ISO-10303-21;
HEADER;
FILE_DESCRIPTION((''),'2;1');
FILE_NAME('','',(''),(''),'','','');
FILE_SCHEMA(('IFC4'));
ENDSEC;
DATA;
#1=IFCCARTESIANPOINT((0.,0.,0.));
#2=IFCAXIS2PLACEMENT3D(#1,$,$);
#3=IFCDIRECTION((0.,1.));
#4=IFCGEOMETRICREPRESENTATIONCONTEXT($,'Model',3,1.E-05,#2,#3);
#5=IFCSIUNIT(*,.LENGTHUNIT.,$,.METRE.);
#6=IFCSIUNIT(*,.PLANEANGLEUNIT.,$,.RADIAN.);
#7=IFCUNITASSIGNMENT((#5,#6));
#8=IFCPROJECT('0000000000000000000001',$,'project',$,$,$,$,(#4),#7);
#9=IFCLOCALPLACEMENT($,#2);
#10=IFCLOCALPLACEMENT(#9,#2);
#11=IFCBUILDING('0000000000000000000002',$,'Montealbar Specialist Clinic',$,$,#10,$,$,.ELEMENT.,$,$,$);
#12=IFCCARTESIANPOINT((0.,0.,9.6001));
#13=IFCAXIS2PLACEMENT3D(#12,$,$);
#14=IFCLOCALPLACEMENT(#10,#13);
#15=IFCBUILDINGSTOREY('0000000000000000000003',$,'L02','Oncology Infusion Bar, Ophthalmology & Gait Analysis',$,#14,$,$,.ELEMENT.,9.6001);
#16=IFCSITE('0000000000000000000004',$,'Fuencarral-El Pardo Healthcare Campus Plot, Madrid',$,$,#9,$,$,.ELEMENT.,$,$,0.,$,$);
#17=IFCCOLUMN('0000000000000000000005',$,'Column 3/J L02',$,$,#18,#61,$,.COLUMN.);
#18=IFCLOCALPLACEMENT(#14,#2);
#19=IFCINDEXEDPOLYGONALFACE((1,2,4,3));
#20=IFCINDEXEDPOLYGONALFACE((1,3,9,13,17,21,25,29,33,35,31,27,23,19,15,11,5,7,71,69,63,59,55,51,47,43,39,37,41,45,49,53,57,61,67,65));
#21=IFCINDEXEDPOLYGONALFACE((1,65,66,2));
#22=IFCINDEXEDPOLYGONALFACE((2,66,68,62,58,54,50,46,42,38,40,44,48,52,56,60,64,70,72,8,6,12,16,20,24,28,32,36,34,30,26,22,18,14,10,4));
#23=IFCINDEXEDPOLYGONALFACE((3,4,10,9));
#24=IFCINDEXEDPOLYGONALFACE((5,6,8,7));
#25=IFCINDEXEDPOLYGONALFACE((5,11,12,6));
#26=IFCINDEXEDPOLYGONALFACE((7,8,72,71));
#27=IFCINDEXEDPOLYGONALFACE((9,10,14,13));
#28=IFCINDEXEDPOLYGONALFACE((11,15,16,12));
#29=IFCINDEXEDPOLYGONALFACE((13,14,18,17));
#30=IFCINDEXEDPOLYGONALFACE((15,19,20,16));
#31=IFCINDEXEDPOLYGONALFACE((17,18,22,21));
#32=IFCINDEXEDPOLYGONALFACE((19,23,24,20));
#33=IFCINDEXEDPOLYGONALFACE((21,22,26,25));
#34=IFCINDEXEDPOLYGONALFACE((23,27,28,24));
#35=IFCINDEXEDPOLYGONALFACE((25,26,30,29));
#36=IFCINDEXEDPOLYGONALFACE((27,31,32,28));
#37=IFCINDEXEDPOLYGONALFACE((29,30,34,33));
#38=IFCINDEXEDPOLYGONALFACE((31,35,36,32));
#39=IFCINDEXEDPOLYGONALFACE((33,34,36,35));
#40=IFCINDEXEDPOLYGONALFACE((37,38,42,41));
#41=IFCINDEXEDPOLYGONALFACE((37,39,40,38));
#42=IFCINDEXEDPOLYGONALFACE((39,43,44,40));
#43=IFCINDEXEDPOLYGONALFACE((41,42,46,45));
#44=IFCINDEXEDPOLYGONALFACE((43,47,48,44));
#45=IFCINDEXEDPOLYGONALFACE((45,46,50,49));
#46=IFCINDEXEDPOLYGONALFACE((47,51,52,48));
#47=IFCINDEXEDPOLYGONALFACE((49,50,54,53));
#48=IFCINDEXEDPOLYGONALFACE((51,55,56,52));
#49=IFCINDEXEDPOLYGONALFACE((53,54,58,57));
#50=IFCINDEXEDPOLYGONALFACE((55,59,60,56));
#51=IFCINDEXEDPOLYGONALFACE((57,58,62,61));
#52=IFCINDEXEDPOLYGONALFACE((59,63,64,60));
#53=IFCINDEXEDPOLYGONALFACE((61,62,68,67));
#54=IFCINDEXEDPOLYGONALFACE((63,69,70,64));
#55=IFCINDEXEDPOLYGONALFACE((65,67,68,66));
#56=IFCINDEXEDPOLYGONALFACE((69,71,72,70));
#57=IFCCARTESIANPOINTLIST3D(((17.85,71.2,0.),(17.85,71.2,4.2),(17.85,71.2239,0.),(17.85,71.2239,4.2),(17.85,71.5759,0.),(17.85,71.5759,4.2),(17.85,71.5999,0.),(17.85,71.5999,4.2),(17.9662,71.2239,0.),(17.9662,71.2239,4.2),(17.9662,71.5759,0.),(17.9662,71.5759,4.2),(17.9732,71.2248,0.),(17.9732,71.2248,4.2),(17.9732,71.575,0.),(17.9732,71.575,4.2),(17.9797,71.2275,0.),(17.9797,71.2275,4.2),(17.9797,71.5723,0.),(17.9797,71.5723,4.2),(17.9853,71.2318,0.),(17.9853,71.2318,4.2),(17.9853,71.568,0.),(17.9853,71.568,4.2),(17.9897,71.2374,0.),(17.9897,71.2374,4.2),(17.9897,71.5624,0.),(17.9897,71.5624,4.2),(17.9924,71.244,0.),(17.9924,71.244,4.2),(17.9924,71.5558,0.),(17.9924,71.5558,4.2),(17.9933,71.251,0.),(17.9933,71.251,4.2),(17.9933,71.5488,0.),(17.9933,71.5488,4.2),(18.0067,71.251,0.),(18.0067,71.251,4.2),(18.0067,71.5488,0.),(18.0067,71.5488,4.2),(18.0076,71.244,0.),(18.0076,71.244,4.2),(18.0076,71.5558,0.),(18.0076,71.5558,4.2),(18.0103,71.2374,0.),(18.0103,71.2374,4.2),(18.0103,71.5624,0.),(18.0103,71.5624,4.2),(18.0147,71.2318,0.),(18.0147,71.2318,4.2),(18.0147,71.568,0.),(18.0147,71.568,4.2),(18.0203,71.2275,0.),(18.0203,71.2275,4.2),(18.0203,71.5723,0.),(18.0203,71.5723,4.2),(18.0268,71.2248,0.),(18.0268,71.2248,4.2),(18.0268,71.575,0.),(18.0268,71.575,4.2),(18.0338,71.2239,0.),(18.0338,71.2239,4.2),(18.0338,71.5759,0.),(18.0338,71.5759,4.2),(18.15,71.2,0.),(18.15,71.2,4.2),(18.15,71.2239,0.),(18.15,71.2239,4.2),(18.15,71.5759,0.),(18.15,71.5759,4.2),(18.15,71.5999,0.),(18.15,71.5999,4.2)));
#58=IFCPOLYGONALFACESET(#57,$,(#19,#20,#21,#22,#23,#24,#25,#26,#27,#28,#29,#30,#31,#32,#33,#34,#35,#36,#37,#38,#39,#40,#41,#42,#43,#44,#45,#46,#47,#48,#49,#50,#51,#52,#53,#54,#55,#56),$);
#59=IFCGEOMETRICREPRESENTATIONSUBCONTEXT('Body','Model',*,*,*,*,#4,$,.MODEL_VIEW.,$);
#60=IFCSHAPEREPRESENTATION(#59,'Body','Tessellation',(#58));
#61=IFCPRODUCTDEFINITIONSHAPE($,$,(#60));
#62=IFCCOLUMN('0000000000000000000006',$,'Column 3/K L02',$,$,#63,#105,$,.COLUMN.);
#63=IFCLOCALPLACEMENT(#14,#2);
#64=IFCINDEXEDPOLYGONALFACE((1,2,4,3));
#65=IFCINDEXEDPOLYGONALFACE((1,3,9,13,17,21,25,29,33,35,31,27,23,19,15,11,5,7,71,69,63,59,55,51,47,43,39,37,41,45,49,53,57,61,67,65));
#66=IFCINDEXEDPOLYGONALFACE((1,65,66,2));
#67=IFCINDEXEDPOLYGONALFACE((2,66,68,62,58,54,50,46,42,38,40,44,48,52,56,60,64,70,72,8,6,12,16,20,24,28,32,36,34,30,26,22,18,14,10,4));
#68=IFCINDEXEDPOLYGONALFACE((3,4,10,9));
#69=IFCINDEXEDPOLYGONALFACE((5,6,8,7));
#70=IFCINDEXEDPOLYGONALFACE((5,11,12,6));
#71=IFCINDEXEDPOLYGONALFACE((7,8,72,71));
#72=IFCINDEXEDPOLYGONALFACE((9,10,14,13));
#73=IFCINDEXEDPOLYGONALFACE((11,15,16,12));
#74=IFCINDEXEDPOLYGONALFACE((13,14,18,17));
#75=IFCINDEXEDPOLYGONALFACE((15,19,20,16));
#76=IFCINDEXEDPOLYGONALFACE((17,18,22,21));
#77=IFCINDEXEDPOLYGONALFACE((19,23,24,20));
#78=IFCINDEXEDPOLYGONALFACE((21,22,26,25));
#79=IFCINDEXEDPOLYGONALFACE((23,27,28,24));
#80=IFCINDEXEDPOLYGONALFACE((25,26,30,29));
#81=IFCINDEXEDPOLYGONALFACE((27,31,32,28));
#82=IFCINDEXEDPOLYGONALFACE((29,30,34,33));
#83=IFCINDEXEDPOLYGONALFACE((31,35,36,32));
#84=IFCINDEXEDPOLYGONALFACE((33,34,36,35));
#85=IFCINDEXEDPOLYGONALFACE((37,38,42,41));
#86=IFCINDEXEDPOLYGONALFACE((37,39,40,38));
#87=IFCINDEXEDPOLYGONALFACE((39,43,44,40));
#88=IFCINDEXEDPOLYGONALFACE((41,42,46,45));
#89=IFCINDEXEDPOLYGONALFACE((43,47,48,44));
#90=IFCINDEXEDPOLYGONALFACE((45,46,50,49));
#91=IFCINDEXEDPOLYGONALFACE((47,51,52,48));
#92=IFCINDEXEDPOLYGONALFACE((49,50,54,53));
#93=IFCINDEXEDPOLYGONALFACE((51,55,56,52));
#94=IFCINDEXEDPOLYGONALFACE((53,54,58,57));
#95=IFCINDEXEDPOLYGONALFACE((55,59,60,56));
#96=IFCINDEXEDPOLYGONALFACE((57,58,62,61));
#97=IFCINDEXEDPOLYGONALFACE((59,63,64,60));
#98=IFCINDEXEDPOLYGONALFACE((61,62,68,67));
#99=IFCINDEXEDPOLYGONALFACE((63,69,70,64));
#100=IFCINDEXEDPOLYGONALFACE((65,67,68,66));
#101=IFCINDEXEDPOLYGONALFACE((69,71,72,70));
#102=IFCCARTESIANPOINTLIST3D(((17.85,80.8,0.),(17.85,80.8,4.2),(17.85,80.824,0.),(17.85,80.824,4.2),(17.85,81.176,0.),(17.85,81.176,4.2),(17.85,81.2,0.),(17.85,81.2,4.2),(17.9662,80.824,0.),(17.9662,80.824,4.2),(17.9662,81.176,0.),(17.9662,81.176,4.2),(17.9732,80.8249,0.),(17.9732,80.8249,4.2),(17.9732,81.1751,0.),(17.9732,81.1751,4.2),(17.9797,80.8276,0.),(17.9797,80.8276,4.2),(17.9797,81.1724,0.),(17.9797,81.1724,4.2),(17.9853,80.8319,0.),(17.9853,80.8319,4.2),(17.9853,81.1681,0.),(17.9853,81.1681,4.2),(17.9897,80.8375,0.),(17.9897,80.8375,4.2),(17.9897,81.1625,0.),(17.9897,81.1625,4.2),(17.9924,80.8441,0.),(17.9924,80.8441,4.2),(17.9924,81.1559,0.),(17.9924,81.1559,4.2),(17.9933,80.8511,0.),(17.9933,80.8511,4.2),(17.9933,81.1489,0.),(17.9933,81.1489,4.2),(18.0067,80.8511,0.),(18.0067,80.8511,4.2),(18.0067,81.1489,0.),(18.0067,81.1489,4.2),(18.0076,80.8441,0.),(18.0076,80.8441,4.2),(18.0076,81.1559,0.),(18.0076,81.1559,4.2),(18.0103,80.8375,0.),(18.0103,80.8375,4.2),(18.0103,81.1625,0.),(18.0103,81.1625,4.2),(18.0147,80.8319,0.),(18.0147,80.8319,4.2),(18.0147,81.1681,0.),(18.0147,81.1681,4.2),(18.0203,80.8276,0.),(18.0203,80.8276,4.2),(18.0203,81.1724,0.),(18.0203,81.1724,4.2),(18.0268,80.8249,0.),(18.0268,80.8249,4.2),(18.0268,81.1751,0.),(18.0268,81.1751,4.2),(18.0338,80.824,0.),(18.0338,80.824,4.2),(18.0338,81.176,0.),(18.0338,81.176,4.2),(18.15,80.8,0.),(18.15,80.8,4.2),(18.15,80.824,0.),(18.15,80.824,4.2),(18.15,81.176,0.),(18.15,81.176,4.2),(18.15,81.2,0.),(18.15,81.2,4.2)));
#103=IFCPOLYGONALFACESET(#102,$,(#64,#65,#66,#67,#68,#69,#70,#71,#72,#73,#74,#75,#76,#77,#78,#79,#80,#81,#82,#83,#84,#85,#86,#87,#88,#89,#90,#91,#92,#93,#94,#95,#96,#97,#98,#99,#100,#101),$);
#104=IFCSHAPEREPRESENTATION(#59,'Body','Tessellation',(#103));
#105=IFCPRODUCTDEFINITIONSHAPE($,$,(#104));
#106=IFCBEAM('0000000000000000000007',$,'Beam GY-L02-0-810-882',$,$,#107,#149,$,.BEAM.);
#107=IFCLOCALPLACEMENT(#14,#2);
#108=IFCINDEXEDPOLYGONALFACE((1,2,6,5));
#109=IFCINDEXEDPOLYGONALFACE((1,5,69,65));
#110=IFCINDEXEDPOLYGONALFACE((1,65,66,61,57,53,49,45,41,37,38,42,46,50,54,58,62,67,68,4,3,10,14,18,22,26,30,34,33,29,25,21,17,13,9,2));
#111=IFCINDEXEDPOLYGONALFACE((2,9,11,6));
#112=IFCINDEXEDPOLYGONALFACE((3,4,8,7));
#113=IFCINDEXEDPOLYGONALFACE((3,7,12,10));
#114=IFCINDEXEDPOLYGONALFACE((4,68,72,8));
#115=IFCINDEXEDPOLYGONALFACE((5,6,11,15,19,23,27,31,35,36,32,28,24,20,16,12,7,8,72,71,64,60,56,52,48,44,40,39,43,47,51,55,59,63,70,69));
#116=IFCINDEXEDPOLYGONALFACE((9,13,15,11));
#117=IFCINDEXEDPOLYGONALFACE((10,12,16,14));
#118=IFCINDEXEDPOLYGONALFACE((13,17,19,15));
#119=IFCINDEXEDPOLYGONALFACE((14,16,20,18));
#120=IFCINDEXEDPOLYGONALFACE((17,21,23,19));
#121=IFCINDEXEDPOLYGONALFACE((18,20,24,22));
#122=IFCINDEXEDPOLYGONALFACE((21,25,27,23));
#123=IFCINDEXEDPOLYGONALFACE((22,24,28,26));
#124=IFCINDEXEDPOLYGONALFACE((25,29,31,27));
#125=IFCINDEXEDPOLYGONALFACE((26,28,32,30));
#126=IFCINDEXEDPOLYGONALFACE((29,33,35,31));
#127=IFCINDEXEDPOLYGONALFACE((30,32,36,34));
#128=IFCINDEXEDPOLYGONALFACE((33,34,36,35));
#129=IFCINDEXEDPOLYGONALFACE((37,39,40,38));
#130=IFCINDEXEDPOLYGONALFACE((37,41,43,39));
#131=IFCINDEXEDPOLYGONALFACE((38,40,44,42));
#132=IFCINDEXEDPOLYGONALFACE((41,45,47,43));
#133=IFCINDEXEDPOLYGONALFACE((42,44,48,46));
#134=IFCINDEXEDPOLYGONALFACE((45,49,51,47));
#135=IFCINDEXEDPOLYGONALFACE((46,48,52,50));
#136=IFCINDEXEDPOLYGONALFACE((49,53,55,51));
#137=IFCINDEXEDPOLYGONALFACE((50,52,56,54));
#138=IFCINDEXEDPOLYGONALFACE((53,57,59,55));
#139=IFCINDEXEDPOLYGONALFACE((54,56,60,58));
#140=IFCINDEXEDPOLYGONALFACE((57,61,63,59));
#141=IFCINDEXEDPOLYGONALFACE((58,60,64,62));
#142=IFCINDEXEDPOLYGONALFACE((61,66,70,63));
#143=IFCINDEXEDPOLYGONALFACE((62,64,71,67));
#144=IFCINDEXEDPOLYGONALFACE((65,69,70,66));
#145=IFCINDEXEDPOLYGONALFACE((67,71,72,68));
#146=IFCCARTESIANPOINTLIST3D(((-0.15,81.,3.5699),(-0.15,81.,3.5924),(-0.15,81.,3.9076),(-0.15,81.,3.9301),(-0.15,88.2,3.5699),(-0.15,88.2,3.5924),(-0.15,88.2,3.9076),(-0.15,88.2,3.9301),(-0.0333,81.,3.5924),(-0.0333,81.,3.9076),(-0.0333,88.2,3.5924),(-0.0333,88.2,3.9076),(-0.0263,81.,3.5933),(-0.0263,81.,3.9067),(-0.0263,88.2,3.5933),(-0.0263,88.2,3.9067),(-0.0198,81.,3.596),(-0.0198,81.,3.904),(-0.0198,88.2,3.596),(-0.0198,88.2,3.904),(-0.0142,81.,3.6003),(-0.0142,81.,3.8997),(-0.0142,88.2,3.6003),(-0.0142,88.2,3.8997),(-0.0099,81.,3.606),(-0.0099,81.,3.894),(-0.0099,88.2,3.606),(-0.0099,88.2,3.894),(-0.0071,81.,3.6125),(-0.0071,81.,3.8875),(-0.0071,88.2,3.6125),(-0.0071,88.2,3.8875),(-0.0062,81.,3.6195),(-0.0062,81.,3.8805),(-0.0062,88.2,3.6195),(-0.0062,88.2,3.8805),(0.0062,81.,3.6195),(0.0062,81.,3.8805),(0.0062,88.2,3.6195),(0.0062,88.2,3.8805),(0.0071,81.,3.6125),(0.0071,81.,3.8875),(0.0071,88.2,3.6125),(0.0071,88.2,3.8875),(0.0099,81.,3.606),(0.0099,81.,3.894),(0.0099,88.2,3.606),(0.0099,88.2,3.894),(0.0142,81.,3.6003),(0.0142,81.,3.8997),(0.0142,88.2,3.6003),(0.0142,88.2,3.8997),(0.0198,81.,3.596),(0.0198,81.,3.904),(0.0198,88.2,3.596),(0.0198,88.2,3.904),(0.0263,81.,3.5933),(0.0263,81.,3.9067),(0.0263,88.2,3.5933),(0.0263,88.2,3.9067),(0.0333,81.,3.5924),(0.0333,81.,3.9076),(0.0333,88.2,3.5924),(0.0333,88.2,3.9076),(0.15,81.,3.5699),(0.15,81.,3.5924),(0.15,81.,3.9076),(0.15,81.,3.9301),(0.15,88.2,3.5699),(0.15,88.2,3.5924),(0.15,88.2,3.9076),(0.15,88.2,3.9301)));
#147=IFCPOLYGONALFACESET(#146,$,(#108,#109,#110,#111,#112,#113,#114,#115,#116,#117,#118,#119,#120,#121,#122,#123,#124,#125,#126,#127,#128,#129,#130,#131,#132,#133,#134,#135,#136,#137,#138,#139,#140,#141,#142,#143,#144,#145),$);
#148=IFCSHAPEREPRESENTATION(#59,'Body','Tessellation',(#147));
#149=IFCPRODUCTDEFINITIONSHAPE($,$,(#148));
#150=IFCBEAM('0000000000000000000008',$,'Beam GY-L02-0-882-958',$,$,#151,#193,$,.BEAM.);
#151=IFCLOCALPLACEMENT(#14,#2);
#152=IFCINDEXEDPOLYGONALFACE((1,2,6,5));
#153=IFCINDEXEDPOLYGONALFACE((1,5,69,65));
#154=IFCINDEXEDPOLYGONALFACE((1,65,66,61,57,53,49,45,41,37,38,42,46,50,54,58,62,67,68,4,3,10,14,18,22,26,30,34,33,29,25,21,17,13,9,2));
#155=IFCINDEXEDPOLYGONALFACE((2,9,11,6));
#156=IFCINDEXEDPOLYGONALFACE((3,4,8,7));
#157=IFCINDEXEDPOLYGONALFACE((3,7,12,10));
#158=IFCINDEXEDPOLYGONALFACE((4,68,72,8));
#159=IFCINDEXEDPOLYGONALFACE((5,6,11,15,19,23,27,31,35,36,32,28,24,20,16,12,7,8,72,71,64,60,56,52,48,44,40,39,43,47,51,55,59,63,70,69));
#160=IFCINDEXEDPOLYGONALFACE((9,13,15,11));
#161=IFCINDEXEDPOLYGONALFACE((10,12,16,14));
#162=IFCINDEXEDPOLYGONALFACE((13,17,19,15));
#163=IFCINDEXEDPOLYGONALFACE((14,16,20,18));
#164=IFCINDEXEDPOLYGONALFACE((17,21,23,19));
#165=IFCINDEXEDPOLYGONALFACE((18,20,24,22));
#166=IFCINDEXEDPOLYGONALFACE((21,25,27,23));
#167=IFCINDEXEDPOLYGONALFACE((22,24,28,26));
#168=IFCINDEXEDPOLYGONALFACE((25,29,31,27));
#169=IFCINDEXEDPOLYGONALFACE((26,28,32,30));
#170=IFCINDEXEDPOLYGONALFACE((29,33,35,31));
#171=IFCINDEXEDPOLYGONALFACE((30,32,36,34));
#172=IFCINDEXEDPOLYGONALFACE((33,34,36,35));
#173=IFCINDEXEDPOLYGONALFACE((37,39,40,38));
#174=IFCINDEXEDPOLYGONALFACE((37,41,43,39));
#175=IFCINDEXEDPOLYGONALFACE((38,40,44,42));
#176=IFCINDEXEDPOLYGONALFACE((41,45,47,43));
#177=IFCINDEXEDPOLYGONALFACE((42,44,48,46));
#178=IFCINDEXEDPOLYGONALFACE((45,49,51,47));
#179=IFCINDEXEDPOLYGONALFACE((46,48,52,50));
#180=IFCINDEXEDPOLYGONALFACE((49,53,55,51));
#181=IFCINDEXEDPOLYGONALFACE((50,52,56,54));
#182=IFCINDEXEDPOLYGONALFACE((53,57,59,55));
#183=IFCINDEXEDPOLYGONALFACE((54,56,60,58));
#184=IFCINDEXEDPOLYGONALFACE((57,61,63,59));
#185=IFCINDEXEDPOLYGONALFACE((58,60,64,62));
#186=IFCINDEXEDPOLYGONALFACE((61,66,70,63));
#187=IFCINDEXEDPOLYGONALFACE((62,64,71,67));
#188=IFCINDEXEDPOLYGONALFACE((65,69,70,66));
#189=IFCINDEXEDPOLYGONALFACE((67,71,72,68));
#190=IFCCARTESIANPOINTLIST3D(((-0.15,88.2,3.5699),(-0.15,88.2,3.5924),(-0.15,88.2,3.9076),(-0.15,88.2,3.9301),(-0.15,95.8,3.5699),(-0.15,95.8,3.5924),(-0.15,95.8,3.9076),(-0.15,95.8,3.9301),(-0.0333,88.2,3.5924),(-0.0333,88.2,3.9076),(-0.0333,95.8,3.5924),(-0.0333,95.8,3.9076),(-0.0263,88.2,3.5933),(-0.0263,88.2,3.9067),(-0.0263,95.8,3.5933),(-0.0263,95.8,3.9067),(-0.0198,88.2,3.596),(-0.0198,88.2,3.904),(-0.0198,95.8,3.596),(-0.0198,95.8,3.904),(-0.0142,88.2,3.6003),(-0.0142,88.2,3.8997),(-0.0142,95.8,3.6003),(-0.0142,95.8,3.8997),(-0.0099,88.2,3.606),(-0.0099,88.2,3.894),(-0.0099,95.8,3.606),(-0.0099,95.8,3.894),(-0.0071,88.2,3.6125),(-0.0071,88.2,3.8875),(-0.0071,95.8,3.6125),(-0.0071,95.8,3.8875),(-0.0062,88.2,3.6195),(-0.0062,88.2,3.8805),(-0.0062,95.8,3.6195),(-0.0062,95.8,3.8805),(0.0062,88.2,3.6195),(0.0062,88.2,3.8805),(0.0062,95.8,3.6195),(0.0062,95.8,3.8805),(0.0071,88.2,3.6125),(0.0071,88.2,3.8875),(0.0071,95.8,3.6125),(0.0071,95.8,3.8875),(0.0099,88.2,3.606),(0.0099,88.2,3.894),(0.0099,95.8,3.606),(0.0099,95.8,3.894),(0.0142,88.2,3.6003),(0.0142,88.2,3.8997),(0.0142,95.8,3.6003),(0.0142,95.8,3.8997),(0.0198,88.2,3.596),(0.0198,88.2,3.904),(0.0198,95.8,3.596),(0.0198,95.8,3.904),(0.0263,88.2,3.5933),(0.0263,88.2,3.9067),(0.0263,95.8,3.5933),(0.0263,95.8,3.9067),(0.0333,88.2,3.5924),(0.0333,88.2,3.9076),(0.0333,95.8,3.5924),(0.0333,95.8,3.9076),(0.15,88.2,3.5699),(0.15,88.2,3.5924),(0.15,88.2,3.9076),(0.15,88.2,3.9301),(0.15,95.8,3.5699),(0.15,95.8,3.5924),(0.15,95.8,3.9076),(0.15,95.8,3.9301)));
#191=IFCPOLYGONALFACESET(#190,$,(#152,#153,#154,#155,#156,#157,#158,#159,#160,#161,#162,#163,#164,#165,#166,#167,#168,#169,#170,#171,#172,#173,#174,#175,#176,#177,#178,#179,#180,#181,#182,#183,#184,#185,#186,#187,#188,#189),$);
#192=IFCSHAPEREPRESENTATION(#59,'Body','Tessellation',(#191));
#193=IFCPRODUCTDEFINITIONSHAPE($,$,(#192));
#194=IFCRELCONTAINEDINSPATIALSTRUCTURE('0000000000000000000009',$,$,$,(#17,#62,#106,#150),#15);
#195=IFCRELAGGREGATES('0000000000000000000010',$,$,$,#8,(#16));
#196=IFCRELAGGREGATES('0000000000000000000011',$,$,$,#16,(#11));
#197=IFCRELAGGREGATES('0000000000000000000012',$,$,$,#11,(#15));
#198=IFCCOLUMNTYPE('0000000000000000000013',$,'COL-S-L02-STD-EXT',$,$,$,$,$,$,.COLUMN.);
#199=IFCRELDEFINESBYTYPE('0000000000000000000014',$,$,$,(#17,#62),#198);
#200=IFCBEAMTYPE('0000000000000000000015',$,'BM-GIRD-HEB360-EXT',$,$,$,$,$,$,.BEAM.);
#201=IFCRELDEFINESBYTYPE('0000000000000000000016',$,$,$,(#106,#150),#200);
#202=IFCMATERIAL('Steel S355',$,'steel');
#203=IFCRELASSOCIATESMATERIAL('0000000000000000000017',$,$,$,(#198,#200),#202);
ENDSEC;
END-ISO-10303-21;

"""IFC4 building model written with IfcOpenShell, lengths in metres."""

from ifc_helpers import new_model, si_unit, direction, frame, origin, origin_2d, place, context, subcontext, project, spatial, i_section, extrude, material, material_profile, profile_set, type_object, element, save


model = new_model("IFC4")

# Units and contexts
model_context = context("Model", 3, precision=1e-05, world=origin(), true_north=direction((0.0, 1.0)))
body_context = subcontext(model_context, "Body", "Model", "MODEL_VIEW")
ifc_project = project(units=[si_unit("LENGTHUNIT", "METRE"), si_unit("PLANEANGLEUNIT", "RADIAN")], contexts=[model_context])

# Site, building, storey
site_placement = place(None, origin())
site = spatial("IfcSite", under=ifc_project, at=site_placement, Name="Fuencarral-El Pardo Healthcare Campus Plot, Madrid", CompositionType="ELEMENT", RefElevation=0.0)
building_placement = place(site_placement, origin())
building = spatial("IfcBuilding", under=site, at=building_placement, Name="Montealbar Specialist Clinic", CompositionType="ELEMENT")
storey_placement = place(building_placement, frame((0.0, 0.0, 9.6001)))
storey = spatial("IfcBuildingStorey", under=building, at=storey_placement, Name="L02", Description="Oncology Infusion Bar, Ophthalmology & Gait Analysis", CompositionType="ELEMENT", Elevation=9.6001)

# Columns
ifc_material_1 = material(Name="Steel S355", Category="steel")
ifc_material_profile_1 = material_profile(ifc_material_1, i_section(OverallWidth=0.3, OverallDepth=0.3999, WebThickness=0.0134, FlangeThickness=0.0239, FilletRadius=0.0271, at=origin_2d()), Name="HEB 400", Category="steel")
ifc_profile_set_1 = profile_set([ifc_material_profile_1], Name="Steel S355")
column_type_1 = type_object("IfcColumnType", Name="COL-S-L02-STD-EXT", PredefinedType="COLUMN", material=ifc_profile_set_1)
for number, where, z_axis, x_axis, name in (
    (1, (18.0, 71.3999, 0.0), (0.0, 0.0, 1.0), (1.0, 0.0, 0.0), "Column 3/J L02"),
    (2, (18.0, 81.0, 0.0), (0.0, 0.0, 1.0), (1.0, 0.0, 0.0), "Column 3/K L02"),
):
    element("IfcColumn", number, at=place(storey_placement, frame(where, z_axis=z_axis, x_axis=x_axis)), inside=storey, type_object=column_type_1, Name=name, PredefinedType="COLUMN", context=body_context, shape_type="SweptSolid", body=[
        extrude(i_section(OverallWidth=0.3, OverallDepth=0.3999, WebThickness=0.0134, FlangeThickness=0.0239, FilletRadius=0.0271, at=origin_2d()), origin(), (0.0, 0.0, 1.0), 4.2),
    ])

# Beams
ifc_material_profile_2 = material_profile(ifc_material_1, i_section(OverallWidth=0.3, OverallDepth=0.3601, WebThickness=0.0125, FlangeThickness=0.0225, FilletRadius=0.0271, at=origin_2d()), Name="HEB 360", Category="steel")
ifc_profile_set_2 = profile_set([ifc_material_profile_2], Name="Steel S355")
beam_type_1 = type_object("IfcBeamType", Name="BM-GIRD-HEB360-EXT", PredefinedType="BEAM", material=ifc_profile_set_2)
beam_1_placement = place(storey_placement, frame((0.0, 81.0, 3.75), z_axis=(0.0, 1.0, 0.0), x_axis=(-1.0, 0.0, 0.0)))
element("IfcBeam", 3, at=beam_1_placement, inside=storey, type_object=beam_type_1, Name="Beam GY-L02-0-810-882", PredefinedType="BEAM", context=body_context, shape_type="SweptSolid", body=[
    extrude(i_section(OverallWidth=0.3, OverallDepth=0.3601, WebThickness=0.0125, FlangeThickness=0.0225, FilletRadius=0.0271, at=origin_2d()), origin(), (0.0, 0.0, 1.0), 7.2),
])
beam_2_placement = place(storey_placement, frame((0.0, 88.2, 3.75), z_axis=(0.0, 1.0, 0.0), x_axis=(-1.0, 0.0, 0.0)))
element("IfcBeam", 4, at=beam_2_placement, inside=storey, type_object=beam_type_1, Name="Beam GY-L02-0-882-958", PredefinedType="BEAM", context=body_context, shape_type="SweptSolid", body=[
    extrude(i_section(OverallWidth=0.3, OverallDepth=0.3601, WebThickness=0.0125, FlangeThickness=0.0225, FilletRadius=0.0271, at=origin_2d()), origin(), (0.0, 0.0, 1.0), 7.6001),
])

save(model, "model.ifc")
